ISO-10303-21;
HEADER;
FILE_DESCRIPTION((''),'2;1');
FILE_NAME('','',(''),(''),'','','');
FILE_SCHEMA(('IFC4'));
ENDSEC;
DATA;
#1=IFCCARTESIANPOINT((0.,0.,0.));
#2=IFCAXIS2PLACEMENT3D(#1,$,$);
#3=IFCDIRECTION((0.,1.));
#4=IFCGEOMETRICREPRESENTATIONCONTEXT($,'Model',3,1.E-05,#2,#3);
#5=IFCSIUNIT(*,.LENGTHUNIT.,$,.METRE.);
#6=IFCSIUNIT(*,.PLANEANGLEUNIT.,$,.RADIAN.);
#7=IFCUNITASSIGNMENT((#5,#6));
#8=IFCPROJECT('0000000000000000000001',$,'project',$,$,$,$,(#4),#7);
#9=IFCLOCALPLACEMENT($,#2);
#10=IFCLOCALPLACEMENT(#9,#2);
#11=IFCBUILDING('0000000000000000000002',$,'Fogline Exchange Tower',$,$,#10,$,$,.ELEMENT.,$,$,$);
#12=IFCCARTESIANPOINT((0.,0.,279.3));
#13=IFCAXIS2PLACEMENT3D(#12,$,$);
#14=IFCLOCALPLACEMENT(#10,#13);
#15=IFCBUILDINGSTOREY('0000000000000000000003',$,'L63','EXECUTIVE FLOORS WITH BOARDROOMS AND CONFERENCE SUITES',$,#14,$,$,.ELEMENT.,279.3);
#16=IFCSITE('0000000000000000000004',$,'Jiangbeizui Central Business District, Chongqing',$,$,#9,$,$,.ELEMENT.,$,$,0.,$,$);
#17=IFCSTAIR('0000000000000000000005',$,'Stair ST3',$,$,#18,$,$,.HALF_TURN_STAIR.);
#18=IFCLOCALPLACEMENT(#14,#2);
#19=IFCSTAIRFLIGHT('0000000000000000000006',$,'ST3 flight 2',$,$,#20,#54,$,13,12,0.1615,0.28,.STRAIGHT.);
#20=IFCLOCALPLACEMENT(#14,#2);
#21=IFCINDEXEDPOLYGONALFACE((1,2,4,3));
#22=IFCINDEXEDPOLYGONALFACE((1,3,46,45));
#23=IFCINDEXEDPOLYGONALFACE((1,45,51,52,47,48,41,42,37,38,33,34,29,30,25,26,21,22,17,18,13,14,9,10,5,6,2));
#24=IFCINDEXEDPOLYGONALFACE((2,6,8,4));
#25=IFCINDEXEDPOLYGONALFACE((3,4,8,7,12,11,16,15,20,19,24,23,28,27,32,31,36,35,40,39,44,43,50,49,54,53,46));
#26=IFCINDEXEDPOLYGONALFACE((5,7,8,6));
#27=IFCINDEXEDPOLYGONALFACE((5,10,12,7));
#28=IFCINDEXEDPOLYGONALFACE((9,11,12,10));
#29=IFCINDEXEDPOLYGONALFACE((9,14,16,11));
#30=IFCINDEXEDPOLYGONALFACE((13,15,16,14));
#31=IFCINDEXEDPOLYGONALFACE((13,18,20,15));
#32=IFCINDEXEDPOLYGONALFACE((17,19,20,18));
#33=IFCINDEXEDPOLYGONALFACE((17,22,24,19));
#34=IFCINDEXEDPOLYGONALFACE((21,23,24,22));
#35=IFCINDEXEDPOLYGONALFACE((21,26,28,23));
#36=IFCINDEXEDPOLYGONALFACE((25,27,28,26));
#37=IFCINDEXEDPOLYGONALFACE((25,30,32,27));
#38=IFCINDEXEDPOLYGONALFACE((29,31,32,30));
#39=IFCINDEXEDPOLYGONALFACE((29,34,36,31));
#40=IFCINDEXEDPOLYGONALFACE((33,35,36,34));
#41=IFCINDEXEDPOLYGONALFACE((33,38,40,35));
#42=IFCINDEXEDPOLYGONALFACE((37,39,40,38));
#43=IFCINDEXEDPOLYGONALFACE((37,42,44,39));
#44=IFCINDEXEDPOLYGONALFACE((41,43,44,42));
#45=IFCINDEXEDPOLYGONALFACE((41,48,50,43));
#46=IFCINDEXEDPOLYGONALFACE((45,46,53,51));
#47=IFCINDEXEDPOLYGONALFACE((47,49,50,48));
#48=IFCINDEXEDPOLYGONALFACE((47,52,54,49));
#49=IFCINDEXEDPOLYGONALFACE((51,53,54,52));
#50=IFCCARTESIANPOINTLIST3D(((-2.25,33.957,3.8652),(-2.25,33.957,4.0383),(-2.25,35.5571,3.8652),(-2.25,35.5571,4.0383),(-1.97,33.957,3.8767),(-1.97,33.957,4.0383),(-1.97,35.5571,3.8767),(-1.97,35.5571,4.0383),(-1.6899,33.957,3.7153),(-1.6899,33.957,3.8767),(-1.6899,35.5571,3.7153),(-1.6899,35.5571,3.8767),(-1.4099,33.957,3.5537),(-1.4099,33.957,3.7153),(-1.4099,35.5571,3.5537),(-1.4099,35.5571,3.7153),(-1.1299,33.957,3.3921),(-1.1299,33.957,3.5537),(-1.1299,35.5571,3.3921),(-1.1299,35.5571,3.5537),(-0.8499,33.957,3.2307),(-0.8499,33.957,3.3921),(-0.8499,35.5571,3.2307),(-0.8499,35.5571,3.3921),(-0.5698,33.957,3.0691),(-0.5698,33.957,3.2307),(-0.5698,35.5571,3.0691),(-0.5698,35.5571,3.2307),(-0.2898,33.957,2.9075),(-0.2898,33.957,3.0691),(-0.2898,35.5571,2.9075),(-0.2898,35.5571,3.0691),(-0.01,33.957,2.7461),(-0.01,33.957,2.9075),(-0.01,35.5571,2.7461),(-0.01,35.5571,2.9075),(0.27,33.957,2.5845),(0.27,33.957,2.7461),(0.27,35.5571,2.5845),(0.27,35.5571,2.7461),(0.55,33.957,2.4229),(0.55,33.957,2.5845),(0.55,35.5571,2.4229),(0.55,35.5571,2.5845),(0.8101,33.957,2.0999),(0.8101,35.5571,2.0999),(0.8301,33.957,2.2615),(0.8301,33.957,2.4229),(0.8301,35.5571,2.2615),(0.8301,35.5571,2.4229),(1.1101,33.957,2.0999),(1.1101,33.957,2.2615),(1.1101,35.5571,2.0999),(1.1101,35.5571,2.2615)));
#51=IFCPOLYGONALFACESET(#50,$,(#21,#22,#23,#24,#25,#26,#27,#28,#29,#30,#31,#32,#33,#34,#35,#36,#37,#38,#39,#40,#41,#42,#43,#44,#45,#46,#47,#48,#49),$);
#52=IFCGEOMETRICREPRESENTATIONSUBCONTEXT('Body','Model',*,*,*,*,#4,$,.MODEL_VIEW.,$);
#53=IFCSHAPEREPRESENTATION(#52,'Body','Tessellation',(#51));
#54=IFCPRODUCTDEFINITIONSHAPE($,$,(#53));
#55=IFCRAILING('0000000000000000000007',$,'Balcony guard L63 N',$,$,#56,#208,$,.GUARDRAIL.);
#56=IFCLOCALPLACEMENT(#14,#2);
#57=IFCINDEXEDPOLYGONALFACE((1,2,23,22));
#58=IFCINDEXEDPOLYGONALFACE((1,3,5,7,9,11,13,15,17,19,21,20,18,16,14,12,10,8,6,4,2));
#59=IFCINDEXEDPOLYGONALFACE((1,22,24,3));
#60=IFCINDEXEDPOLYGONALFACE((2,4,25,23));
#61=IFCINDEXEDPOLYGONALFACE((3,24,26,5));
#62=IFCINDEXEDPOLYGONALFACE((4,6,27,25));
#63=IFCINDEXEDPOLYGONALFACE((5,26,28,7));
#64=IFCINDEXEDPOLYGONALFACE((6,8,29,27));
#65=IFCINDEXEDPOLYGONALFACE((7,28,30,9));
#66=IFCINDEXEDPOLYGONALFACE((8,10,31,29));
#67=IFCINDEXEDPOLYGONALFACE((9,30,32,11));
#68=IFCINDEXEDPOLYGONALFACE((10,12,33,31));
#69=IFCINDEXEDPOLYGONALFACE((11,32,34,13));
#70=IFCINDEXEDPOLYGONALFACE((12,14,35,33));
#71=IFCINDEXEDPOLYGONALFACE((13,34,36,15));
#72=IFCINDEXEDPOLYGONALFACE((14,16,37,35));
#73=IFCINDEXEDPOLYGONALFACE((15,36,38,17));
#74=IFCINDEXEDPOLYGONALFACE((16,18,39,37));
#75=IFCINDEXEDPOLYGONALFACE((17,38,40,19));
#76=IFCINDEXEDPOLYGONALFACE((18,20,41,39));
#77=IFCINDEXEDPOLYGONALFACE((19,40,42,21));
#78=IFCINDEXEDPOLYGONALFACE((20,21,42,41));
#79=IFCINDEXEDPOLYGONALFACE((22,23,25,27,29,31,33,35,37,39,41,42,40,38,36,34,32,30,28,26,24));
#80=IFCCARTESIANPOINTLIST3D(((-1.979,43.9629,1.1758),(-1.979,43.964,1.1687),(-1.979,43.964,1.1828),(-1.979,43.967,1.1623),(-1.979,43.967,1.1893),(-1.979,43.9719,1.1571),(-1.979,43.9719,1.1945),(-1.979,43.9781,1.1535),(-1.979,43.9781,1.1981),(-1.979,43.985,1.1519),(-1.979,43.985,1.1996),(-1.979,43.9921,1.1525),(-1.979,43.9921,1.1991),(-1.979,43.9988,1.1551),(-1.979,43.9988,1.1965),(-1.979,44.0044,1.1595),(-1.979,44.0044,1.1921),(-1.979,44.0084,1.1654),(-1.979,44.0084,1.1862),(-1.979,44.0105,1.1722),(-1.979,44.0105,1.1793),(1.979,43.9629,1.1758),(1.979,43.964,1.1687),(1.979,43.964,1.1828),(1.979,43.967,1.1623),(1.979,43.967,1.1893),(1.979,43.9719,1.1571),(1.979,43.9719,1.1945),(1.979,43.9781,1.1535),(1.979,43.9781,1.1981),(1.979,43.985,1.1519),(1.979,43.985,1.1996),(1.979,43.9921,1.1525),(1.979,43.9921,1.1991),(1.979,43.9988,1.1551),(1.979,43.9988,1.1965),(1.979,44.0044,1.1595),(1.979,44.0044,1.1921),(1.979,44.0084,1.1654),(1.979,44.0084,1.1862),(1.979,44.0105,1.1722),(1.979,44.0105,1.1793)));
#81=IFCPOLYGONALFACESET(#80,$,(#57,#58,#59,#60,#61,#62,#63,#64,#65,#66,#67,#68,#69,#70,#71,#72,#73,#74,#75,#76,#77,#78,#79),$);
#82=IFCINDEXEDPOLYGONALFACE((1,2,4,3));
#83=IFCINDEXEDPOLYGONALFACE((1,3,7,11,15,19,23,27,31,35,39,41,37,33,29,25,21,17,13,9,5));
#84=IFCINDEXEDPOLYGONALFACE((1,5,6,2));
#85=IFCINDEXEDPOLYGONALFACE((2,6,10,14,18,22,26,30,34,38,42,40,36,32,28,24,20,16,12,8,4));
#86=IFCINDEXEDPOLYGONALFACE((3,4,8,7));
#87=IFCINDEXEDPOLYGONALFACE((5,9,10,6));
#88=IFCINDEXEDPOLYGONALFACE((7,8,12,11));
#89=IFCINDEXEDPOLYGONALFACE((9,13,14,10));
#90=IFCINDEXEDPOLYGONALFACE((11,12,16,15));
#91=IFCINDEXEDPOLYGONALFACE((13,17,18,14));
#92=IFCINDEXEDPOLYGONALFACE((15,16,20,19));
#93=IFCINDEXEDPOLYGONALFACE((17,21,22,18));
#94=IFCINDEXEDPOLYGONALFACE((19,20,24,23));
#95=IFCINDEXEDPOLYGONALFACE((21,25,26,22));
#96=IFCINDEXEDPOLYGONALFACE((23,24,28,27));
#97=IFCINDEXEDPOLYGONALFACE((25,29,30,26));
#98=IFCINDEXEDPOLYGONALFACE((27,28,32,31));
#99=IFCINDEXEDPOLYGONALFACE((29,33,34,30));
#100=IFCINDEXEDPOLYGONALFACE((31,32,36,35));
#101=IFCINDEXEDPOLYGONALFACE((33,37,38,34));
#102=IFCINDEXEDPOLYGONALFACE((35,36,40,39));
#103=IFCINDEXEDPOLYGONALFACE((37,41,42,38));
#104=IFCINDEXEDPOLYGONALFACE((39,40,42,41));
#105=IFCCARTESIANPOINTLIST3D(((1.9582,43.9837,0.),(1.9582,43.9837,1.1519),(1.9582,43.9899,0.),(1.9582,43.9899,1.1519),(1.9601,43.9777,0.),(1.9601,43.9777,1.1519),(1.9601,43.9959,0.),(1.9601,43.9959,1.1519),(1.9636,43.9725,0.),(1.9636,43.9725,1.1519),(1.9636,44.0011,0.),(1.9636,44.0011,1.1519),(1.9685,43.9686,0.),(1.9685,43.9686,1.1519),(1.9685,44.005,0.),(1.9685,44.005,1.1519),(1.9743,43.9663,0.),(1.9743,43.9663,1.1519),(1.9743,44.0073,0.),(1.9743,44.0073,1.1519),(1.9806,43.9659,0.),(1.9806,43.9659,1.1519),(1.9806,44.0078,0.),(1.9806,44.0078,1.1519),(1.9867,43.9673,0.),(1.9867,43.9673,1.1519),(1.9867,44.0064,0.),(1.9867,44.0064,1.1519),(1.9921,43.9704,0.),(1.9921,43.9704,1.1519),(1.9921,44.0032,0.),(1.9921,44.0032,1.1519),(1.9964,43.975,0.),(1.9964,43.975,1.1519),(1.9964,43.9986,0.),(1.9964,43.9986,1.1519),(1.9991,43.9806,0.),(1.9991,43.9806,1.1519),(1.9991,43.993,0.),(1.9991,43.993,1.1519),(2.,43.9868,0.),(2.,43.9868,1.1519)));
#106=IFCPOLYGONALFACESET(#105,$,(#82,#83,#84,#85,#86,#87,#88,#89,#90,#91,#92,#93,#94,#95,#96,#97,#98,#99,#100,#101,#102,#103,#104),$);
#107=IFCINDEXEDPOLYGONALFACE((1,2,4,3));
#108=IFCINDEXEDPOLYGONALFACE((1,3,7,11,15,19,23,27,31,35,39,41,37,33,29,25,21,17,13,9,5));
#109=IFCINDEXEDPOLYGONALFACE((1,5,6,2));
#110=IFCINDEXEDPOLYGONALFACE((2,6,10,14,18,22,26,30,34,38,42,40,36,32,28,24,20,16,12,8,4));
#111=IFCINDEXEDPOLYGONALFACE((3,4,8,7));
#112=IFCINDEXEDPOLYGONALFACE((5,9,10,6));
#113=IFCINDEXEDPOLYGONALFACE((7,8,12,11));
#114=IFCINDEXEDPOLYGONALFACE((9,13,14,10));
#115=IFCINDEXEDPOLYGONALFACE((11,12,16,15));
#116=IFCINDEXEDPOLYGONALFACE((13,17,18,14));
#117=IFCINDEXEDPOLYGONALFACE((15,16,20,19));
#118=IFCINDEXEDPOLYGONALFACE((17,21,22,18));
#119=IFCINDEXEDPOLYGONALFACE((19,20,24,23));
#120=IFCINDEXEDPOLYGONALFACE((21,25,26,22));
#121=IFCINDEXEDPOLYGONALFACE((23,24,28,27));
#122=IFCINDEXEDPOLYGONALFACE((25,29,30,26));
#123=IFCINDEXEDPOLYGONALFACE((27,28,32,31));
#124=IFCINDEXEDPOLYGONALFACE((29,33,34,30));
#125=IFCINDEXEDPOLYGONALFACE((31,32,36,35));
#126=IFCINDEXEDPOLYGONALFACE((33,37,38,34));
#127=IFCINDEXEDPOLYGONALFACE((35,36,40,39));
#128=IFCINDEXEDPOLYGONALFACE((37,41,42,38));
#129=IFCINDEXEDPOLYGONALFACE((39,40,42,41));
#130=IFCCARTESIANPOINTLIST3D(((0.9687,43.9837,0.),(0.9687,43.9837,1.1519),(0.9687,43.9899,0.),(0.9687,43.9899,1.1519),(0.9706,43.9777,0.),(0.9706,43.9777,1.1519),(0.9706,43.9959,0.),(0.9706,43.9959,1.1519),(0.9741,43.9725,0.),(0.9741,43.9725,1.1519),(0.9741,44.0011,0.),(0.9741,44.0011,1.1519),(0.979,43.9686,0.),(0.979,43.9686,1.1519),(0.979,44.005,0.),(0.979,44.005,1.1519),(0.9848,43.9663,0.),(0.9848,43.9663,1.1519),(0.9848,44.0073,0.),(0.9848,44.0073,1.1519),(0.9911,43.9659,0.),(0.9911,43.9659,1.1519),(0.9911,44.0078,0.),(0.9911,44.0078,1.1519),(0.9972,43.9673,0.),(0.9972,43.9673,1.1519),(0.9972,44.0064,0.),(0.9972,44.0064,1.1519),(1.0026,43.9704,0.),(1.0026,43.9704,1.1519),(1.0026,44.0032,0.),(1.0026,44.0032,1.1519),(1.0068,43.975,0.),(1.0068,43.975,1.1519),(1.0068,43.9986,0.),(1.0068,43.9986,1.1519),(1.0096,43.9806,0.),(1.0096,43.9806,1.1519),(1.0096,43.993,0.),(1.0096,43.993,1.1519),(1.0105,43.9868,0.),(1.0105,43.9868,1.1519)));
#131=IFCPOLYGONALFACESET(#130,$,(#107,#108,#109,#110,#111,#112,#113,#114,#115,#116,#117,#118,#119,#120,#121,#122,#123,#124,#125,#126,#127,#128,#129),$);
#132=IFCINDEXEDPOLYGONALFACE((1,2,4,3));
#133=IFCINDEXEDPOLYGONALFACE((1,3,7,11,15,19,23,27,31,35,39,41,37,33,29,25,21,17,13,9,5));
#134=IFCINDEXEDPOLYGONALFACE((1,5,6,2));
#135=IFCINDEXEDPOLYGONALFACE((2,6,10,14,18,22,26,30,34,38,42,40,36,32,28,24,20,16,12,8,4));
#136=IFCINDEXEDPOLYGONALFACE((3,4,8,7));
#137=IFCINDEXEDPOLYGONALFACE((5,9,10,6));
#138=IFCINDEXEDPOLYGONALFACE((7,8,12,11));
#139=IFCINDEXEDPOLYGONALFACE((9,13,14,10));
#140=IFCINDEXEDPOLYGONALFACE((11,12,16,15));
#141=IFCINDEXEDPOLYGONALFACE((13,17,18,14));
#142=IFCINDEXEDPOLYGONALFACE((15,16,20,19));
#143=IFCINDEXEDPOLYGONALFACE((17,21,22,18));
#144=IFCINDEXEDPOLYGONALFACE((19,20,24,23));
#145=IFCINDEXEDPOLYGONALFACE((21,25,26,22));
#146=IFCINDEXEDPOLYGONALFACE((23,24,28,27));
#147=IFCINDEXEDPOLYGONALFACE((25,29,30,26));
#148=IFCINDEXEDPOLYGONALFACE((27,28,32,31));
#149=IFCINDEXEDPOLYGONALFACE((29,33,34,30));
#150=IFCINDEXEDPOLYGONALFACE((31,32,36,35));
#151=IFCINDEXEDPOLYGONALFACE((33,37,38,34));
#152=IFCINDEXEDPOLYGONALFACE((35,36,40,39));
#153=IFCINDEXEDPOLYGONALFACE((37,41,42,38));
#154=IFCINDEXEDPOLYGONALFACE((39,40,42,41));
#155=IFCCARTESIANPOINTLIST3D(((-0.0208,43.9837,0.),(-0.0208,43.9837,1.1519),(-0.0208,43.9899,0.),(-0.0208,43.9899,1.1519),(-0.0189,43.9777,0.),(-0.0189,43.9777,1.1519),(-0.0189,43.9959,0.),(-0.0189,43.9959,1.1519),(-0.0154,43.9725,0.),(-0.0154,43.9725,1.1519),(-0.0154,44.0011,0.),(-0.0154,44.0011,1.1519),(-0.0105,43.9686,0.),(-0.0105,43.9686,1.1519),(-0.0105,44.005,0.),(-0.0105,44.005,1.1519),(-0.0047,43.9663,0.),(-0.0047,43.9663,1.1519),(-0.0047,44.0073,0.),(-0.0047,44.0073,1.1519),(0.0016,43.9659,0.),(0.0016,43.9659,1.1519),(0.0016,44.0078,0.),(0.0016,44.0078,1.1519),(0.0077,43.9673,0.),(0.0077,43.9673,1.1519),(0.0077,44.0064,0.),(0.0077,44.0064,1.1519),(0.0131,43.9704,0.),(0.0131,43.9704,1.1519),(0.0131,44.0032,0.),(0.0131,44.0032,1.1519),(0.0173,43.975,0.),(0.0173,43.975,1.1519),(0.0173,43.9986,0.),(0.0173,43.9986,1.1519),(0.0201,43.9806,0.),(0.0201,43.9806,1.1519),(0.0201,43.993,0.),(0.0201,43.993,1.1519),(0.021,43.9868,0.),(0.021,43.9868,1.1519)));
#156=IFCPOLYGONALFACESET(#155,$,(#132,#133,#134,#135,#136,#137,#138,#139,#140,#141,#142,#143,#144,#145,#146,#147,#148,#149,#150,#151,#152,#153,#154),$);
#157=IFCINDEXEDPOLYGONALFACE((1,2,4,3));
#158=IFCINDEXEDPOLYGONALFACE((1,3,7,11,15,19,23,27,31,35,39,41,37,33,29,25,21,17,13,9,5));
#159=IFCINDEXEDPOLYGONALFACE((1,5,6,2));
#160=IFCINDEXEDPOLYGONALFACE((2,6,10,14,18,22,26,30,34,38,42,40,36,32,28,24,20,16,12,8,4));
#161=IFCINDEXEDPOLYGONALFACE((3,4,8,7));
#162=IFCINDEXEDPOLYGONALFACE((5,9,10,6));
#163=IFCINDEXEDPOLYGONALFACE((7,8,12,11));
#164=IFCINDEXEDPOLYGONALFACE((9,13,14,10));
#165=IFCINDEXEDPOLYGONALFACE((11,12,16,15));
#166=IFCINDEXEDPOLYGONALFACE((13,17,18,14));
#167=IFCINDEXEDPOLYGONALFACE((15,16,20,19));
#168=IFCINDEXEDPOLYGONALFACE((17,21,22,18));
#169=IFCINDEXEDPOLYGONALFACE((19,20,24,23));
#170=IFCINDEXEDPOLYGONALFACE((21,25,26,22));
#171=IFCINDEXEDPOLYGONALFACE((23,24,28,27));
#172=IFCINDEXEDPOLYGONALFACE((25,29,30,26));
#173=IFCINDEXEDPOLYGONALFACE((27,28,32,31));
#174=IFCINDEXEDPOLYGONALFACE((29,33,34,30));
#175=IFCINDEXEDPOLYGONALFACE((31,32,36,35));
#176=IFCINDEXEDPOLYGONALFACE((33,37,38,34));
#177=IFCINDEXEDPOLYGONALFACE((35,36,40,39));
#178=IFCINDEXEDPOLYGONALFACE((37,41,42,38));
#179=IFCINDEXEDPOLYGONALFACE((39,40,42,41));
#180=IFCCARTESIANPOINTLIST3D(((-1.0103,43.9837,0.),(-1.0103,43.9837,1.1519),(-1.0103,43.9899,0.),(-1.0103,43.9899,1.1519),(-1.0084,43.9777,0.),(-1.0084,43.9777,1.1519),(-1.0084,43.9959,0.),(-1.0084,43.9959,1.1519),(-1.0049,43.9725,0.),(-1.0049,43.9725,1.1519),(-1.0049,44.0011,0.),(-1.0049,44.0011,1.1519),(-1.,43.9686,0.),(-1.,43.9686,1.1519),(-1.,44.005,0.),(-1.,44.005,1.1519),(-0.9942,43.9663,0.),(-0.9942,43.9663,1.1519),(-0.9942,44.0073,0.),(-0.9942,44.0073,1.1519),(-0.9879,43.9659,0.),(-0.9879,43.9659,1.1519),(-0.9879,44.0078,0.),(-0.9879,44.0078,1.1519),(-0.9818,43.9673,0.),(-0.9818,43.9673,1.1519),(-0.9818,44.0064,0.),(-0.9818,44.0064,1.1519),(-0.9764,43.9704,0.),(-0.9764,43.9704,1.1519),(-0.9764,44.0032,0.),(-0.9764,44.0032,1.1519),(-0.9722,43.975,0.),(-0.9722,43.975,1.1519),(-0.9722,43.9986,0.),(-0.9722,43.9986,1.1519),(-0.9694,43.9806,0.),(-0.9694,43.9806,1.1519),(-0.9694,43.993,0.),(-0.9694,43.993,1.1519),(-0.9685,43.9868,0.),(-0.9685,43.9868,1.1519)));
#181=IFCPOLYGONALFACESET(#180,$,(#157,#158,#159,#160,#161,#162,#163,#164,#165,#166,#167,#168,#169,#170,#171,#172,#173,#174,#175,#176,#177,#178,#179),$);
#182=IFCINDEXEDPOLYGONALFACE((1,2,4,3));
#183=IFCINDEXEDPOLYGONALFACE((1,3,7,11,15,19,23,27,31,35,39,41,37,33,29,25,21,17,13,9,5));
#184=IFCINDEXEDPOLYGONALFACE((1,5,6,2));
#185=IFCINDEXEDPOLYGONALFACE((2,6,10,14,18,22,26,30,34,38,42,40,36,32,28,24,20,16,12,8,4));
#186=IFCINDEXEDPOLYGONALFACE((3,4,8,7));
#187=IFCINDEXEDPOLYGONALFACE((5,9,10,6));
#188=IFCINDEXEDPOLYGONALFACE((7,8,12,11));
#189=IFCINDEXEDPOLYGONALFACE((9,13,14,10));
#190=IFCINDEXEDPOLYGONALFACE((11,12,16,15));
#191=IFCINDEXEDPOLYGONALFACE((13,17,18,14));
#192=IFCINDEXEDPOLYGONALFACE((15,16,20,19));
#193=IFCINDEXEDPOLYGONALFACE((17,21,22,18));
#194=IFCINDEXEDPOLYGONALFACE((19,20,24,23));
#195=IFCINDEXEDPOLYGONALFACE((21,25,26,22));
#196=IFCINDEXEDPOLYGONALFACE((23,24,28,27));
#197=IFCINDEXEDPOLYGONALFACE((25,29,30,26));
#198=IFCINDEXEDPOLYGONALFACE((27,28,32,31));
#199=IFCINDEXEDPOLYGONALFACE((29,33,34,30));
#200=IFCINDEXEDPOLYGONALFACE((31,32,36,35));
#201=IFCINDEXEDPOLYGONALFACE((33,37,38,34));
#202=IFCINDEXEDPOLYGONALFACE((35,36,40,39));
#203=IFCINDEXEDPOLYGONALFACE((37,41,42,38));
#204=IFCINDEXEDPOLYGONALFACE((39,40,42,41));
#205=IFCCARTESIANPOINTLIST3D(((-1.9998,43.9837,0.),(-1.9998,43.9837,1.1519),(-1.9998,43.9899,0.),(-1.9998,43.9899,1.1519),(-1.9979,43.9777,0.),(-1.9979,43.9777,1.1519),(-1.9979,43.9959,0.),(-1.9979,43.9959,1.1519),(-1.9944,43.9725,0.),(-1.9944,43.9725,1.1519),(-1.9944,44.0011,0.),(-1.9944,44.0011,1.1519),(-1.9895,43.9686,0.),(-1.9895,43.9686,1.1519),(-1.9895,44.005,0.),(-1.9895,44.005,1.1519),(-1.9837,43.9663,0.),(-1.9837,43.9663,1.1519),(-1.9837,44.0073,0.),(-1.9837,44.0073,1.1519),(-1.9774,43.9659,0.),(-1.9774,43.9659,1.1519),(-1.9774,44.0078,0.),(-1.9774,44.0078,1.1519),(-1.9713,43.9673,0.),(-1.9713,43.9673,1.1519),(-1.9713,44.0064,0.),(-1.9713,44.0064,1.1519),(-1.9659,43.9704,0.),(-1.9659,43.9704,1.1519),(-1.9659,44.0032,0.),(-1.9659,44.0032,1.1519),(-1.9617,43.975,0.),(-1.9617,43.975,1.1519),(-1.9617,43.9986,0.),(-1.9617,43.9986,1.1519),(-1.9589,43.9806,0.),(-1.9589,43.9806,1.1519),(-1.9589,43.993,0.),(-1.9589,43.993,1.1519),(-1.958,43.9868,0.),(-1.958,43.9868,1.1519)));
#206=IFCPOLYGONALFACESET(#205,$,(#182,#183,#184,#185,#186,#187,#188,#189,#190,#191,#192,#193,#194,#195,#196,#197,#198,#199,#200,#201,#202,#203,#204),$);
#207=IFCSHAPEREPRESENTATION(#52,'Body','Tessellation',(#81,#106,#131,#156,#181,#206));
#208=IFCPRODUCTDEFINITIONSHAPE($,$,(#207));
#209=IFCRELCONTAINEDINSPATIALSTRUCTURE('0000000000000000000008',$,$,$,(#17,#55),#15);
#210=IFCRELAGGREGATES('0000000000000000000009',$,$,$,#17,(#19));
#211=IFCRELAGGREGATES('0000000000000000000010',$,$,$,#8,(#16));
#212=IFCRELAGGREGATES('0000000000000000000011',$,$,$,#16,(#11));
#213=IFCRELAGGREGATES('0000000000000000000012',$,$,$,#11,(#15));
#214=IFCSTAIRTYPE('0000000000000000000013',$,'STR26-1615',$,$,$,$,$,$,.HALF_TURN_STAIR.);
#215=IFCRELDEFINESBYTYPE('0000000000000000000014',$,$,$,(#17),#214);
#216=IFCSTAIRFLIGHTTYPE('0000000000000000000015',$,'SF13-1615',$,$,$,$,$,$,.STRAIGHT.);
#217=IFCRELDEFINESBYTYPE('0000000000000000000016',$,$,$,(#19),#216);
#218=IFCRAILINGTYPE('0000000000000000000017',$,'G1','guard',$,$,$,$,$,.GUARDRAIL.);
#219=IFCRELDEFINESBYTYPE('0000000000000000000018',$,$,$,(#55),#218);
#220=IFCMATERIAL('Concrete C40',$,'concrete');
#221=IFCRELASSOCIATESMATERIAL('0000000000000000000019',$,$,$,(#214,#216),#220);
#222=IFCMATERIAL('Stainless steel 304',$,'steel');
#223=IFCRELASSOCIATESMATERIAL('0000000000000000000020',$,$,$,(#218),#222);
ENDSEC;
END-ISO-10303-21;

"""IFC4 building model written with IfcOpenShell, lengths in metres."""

from ifc_helpers import new_model, si_unit, direction, frame, origin, origin_2d, place, context, subcontext, project, spatial, polyline, circle, outline, extrude, material, type_object, element, aggregate, save


model = new_model("IFC4")

# Units and contexts
model_context = context("Model", 3, precision=1e-05, world=origin(), true_north=direction((0.0, 1.0)))
body_context = subcontext(model_context, "Body", "Model", "MODEL_VIEW")
ifc_project = project(units=[si_unit("LENGTHUNIT", "METRE"), si_unit("PLANEANGLEUNIT", "RADIAN")], contexts=[model_context])

# Site, building, storey
site_placement = place(None, origin())
site = spatial("IfcSite", under=ifc_project, at=site_placement, Name="Jiangbeizui Central Business District, Chongqing", CompositionType="ELEMENT", RefElevation=0.0)
building_placement = place(site_placement, origin())
building = spatial("IfcBuilding", under=site, at=building_placement, Name="Fogline Exchange Tower", CompositionType="ELEMENT")
storey_placement = place(building_placement, frame((0.0, 0.0, 279.3)))
storey = spatial("IfcBuildingStorey", under=building, at=storey_placement, Name="L63", Description="EXECUTIVE FLOORS WITH BOARDROOMS AND CONFERENCE SUITES", CompositionType="ELEMENT", Elevation=279.3)

# Shared definitions
ifc_material_1 = material(Name="Concrete C40", Category="concrete")

# Stair, stair flight
stair_type = type_object("IfcStairType", Name="STR26-1615", PredefinedType="HALF_TURN_STAIR", material=ifc_material_1)
stair_placement = place(storey_placement, origin())
stair = element("IfcStair", 1, at=stair_placement, inside=storey, type_object=stair_type, Name="Stair ST3", PredefinedType="HALF_TURN_STAIR")
stair_flight_type = type_object("IfcStairFlightType", Name="SF13-1615", PredefinedType="STRAIGHT", material=ifc_material_1)
stair_flight_placement = place(storey_placement, frame((1.1101, 34.7571, 2.0999), z_axis=(0.0, 0.0, 1.0), x_axis=(-1.0, 0.0, 0.0)))
stair_flight = element("IfcStairFlight", 2, at=stair_flight_placement, type_object=stair_flight_type, Name="ST3 flight 2", NumberOfRisers=13, NumberOfTreads=12, PredefinedType="STRAIGHT", RiserHeight=0.1615, TreadLength=0.28, context=body_context, shape_type="SweptSolid", body=[
    extrude(outline(polyline([(0.0, 0.0), (0.0, 0.1616), (0.28, 0.1616), (0.28, 0.323), (0.5601, 0.323), (0.5601, 0.4846), (0.8401, 0.4846), (0.8401, 0.6462), (1.1201, 0.6462), (1.1201, 0.8076), (1.3999, 0.8076), (1.3999, 0.9692), (1.6799, 0.9692), (1.6799, 1.1309), (1.96, 1.1309), (1.96, 1.2922), (2.24, 1.2922), (2.24, 1.4539), (2.52, 1.4539), (2.52, 1.6155), (2.8, 1.6155), (2.8, 1.7769), (3.0801, 1.7769), (3.0801, 1.9385), (3.3601, 1.9385), (3.3601, 2.1001), (3.3601, 1.7654), (0.3, 0.0), (0.0, 0.0)])), frame((0.0, 0.8, 0.0), z_axis=(0.0, -1.0, 0.0), x_axis=(1.0, 0.0, 0.0)), (0.0, 0.0, 1.0), 1.6001),
])
aggregate(stair, [stair_flight])

# Railing
ifc_material_2 = material(Name="Stainless steel 304", Category="steel")
railing_type = type_object("IfcRailingType", Name="G1", Description="guard", PredefinedType="GUARDRAIL", material=ifc_material_2)
railing_placement = place(storey_placement, frame((1.979, 43.9868, 0.0)))
element("IfcRailing", 3, at=railing_placement, inside=storey, type_object=railing_type, Name="Balcony guard L63 N", PredefinedType="GUARDRAIL", context=body_context, shape_type="SweptSolid", body=[
    extrude(circle(Radius=0.0239, at=origin_2d()), frame((0.0, 0.0, 1.1758), z_axis=(-1.0, 0.0, 0.0), x_axis=(0.0, -1.0, 0.0)), (0.0, 0.0, 1.0), 3.958),
    extrude(circle(Radius=0.021, at=origin_2d()), origin(), (0.0, 0.0, 1.0), 1.1519),
    extrude(circle(Radius=0.021, at=origin_2d()), frame((-0.9895, 0.0, 0.0)), (0.0, 0.0, 1.0), 1.1519),
    extrude(circle(Radius=0.021, at=origin_2d()), frame((-1.979, 0.0, 0.0)), (0.0, 0.0, 1.0), 1.1519),
    extrude(circle(Radius=0.021, at=origin_2d()), frame((-2.9685, 0.0, 0.0)), (0.0, 0.0, 1.0), 1.1519),
    extrude(circle(Radius=0.021, at=origin_2d()), frame((-3.958, 0.0, 0.0)), (0.0, 0.0, 1.0), 1.1519),
])

save(model, "model.ifc")
